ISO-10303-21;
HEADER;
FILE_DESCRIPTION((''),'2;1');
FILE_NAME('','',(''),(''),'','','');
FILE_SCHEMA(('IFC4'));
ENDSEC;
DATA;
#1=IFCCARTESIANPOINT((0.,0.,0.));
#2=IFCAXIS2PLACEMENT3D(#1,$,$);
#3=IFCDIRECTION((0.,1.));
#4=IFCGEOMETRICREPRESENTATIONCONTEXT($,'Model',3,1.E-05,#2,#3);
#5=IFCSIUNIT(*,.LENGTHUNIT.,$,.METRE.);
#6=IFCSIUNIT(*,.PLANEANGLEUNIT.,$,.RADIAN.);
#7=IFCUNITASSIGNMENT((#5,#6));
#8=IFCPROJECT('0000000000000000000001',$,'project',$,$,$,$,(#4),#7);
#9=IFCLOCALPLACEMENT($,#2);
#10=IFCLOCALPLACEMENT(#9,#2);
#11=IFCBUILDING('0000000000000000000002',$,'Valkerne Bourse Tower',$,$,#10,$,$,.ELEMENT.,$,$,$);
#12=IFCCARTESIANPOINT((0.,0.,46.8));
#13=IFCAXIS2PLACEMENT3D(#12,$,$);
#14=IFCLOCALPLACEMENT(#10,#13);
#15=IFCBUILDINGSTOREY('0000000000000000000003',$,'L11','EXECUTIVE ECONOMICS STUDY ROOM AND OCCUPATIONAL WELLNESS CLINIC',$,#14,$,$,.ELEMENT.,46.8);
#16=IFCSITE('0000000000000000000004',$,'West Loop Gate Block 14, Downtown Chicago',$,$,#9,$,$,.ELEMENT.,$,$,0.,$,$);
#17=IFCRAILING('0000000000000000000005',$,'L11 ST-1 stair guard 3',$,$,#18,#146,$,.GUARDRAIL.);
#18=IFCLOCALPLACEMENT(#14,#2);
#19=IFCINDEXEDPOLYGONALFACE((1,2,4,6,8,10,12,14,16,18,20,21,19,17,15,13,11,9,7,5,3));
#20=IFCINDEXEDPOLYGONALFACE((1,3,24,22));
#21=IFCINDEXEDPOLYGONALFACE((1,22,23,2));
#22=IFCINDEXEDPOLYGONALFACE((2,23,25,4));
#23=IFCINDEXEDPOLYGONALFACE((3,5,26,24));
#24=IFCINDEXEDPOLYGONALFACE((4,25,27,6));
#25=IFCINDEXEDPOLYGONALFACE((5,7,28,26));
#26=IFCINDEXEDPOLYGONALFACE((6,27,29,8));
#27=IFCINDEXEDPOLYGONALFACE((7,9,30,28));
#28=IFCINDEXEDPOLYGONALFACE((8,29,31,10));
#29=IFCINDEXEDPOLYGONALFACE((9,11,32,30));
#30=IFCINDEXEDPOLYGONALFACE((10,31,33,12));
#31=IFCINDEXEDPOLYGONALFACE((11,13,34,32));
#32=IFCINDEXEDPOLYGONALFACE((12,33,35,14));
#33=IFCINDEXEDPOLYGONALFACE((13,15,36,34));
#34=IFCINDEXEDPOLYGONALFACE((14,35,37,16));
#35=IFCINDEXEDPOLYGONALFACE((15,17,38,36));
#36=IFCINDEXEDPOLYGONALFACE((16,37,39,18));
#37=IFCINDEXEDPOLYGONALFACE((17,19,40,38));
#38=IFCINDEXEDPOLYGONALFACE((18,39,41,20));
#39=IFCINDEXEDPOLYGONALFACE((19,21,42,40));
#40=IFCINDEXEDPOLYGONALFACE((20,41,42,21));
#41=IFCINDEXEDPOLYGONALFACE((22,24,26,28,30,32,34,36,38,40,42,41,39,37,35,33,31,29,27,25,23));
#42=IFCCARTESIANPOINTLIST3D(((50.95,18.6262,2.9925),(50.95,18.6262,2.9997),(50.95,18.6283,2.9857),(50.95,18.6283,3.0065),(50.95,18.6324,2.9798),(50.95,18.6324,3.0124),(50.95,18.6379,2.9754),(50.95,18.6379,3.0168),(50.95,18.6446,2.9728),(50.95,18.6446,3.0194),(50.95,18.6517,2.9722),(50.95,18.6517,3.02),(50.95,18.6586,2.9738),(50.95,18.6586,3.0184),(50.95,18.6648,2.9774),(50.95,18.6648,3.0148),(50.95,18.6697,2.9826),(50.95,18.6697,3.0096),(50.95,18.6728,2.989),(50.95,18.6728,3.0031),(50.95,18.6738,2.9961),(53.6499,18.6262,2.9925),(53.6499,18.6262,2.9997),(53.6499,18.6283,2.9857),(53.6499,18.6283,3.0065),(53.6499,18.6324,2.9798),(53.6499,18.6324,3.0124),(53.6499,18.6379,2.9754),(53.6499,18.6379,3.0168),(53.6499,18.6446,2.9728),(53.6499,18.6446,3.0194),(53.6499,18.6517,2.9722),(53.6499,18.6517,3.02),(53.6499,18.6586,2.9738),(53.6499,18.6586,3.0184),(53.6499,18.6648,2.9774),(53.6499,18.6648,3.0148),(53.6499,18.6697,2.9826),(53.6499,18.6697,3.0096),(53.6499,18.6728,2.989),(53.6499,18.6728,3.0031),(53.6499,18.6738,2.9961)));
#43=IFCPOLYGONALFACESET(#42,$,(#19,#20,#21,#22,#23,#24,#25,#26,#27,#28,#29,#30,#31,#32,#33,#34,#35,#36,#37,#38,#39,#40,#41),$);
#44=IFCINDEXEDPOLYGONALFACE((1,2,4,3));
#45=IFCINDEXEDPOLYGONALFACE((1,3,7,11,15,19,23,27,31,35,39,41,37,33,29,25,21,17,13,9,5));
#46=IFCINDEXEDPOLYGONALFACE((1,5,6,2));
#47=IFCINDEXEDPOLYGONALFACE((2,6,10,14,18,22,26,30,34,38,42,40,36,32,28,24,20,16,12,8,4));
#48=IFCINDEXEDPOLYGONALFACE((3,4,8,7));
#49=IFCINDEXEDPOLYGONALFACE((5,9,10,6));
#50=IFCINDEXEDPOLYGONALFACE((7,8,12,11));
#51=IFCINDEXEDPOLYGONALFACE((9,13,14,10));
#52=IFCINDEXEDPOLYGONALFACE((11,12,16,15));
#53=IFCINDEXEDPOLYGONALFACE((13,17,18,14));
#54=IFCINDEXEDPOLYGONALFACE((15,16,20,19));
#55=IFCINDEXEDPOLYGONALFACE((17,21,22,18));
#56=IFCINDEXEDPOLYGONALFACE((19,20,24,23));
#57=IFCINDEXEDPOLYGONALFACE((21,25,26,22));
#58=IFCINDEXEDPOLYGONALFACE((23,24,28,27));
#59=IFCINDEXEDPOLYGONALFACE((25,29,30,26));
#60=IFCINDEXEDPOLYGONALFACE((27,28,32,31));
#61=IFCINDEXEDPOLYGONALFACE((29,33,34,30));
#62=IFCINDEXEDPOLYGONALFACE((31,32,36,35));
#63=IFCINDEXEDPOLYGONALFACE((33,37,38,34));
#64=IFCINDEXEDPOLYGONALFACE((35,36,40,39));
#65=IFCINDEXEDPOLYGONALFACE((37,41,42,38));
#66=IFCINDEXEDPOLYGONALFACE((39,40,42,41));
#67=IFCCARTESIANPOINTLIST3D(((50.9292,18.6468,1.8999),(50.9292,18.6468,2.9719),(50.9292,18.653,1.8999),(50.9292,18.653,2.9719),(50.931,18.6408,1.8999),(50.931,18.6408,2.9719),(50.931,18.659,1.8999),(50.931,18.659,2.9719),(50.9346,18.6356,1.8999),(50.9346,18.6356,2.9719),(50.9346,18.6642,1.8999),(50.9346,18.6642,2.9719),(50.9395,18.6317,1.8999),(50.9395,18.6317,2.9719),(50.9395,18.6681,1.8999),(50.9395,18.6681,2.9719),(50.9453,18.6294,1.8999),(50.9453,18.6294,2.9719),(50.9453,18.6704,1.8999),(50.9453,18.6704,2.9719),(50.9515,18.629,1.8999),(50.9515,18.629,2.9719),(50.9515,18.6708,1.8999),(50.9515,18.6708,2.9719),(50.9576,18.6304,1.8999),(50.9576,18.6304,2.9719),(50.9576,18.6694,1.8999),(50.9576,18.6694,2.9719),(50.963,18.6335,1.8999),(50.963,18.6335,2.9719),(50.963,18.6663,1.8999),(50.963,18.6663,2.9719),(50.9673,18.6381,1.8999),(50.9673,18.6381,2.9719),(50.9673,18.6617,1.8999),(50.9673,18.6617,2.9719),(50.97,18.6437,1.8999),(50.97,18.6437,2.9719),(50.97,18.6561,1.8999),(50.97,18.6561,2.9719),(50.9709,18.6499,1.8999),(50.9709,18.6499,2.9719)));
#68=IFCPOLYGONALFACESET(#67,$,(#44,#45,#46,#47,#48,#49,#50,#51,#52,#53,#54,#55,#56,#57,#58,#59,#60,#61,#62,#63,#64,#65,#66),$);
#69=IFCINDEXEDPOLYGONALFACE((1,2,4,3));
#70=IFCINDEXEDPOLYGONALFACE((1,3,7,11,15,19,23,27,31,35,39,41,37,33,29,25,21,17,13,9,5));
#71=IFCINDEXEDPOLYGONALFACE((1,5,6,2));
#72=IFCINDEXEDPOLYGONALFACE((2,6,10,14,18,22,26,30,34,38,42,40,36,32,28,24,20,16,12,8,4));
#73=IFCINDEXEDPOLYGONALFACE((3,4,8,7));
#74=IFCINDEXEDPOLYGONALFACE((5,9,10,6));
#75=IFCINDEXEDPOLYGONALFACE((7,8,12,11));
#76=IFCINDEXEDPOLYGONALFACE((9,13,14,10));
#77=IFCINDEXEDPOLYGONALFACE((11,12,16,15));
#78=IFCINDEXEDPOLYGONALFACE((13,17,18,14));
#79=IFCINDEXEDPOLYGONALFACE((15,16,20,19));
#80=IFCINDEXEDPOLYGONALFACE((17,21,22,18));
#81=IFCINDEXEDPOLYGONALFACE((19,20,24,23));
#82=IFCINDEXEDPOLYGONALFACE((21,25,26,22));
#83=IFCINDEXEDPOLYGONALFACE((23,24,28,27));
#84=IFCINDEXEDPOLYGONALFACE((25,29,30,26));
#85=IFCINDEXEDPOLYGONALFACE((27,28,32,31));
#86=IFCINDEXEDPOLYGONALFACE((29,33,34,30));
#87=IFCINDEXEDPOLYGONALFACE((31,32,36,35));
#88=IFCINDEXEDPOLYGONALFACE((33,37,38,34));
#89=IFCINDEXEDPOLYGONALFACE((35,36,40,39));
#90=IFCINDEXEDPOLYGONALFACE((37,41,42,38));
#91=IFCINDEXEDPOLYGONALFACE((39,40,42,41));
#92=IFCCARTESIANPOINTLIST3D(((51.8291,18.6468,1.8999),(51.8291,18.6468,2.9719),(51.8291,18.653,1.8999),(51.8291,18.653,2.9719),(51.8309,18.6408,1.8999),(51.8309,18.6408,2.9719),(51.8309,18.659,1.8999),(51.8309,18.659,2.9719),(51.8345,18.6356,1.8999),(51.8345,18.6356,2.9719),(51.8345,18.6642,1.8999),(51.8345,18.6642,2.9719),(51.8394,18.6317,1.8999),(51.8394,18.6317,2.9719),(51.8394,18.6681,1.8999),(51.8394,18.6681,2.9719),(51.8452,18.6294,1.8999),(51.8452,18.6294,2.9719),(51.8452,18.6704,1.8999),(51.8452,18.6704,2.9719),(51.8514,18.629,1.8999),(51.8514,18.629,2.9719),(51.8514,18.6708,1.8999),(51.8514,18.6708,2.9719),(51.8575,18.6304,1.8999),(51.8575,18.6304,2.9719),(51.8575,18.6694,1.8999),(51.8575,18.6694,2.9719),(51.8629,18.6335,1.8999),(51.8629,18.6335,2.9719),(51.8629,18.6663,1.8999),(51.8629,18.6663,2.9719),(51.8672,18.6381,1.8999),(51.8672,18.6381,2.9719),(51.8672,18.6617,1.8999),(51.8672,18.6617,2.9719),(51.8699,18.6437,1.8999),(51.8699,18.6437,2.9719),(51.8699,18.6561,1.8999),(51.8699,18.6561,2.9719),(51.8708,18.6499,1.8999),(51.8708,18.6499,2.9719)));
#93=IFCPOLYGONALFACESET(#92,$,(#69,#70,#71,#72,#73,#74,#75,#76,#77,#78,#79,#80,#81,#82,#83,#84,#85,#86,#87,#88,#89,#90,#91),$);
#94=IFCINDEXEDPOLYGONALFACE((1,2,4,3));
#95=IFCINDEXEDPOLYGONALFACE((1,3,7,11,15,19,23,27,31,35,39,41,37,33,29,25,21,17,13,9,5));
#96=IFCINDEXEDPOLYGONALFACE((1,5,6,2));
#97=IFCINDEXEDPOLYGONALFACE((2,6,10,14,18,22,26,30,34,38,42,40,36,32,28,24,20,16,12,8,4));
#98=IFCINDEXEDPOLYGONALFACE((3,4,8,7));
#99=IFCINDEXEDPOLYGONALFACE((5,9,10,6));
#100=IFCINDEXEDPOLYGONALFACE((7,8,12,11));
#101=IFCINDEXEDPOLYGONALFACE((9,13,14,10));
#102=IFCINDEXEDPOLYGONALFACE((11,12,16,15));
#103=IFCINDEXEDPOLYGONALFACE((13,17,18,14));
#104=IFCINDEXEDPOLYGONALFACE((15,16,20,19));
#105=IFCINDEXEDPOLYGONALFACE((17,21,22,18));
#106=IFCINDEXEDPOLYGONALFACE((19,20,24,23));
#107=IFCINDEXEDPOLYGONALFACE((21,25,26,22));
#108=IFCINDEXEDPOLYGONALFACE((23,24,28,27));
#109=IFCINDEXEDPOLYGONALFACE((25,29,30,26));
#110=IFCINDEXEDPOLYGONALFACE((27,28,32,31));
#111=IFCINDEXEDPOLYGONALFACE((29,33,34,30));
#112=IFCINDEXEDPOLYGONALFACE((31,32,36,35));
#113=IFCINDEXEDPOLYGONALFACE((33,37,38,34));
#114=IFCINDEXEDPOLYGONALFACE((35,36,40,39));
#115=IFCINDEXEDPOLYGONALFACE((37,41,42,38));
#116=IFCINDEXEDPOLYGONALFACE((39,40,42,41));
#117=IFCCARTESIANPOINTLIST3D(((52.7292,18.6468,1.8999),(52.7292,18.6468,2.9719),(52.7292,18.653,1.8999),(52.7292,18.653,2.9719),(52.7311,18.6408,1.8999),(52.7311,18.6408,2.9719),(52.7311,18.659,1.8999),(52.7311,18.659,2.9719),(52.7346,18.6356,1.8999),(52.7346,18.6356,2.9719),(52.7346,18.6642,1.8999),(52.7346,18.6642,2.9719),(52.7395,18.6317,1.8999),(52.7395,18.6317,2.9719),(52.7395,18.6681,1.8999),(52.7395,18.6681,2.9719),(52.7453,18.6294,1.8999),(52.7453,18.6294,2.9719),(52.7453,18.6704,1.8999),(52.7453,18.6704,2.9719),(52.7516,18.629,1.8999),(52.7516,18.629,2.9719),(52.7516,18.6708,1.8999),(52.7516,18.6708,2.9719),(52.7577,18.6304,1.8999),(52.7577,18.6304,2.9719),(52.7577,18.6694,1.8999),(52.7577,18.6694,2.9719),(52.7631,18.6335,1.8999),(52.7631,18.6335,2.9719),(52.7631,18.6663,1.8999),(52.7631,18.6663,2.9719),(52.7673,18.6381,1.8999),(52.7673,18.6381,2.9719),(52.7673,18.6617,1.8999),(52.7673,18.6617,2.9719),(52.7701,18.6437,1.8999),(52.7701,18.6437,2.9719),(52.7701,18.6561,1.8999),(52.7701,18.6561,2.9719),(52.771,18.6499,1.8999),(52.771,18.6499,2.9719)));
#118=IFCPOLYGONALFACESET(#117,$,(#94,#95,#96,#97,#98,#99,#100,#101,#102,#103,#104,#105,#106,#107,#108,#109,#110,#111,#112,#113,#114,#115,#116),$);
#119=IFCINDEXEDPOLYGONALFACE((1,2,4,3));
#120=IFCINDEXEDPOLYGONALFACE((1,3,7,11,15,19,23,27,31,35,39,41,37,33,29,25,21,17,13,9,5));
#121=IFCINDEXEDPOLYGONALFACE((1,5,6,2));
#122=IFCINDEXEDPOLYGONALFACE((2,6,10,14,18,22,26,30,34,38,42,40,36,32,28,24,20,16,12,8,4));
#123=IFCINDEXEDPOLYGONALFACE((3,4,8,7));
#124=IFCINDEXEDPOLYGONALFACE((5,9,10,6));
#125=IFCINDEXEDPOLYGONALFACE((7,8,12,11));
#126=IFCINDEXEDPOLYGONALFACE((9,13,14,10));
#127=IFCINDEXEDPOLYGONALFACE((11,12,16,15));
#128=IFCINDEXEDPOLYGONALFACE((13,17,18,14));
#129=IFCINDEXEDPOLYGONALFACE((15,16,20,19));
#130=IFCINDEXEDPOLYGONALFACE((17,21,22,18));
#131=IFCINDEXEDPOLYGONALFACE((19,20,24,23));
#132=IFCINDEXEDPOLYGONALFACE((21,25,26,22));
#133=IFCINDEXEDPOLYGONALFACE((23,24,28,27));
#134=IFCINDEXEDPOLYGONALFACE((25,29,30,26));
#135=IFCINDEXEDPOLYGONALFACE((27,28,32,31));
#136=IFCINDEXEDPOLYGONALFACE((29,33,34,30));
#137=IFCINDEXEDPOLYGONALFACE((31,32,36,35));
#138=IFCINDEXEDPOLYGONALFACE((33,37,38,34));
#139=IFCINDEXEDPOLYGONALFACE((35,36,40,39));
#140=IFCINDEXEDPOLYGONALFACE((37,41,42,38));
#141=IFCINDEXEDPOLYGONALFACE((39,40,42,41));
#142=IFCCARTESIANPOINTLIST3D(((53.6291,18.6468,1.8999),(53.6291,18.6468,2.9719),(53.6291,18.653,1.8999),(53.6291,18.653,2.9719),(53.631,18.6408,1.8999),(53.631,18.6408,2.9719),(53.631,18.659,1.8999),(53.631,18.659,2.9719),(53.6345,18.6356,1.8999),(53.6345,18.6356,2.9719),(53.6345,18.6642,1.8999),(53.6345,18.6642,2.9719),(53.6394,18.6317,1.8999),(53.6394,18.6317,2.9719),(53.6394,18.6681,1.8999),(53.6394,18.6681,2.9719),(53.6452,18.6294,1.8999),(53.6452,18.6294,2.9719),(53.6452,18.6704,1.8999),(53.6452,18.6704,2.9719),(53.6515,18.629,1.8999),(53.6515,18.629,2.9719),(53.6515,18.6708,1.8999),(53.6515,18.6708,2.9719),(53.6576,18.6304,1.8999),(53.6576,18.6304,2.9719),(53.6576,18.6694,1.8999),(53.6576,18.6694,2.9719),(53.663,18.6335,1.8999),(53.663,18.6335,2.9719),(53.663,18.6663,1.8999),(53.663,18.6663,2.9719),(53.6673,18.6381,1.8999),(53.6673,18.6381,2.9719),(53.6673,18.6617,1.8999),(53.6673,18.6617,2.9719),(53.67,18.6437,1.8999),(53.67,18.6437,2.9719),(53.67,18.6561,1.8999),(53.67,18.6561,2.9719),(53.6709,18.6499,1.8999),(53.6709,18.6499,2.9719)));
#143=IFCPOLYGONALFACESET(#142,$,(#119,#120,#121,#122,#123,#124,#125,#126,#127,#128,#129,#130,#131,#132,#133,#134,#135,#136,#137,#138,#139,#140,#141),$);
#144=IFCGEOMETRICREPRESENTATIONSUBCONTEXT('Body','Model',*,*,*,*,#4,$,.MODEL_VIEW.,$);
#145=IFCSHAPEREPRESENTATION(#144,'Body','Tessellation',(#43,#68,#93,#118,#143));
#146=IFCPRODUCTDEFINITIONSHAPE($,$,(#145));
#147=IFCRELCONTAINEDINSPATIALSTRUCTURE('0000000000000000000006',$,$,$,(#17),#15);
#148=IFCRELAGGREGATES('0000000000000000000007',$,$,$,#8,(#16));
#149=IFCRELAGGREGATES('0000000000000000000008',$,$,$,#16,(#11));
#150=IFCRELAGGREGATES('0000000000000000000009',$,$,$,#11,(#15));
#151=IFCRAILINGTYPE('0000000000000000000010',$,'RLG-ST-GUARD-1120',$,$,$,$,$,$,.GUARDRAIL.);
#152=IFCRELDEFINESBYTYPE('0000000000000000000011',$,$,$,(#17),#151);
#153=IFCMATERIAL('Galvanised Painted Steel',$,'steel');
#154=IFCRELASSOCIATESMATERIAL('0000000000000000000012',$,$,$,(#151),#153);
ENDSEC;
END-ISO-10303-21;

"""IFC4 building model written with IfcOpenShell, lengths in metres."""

from ifc_helpers import new_model, si_unit, direction, frame, origin, origin_2d, place, context, subcontext, project, spatial, circle, extrude, material, type_object, element, save


model = new_model("IFC4")

# Units and contexts
model_context = context("Model", 3, precision=1e-05, world=origin(), true_north=direction((0.0, 1.0)))
body_context = subcontext(model_context, "Body", "Model", "MODEL_VIEW")
ifc_project = project(units=[si_unit("LENGTHUNIT", "METRE"), si_unit("PLANEANGLEUNIT", "RADIAN")], contexts=[model_context])

# Site, building, storey
site_placement = place(None, origin())
site = spatial("IfcSite", under=ifc_project, at=site_placement, Name="West Loop Gate Block 14, Downtown Chicago", CompositionType="ELEMENT", RefElevation=0.0)
building_placement = place(site_placement, origin())
building = spatial("IfcBuilding", under=site, at=building_placement, Name="Valkerne Bourse Tower", CompositionType="ELEMENT")
storey_placement = place(building_placement, frame((0.0, 0.0, 46.8)))
storey = spatial("IfcBuildingStorey", under=building, at=storey_placement, Name="L11", Description="EXECUTIVE ECONOMICS STUDY ROOM AND OCCUPATIONAL WELLNESS CLINIC", CompositionType="ELEMENT", Elevation=46.8)

# Shared definitions
ifc_material_1 = material(Name="Galvanised Painted Steel", Category="steel")

# Railing
railing_type_1 = type_object("IfcRailingType", Name="RLG-ST-GUARD-1120", PredefinedType="GUARDRAIL", material=ifc_material_1)
for number, where, name in (
    (1, (50.95, 18.6499, 1.8999), "L11 ST-1 stair guard 3"),
):
    element("IfcRailing", number, at=place(storey_placement, frame(where)), inside=storey, type_object=railing_type_1, Name=name, PredefinedType="GUARDRAIL", context=body_context, shape_type="SweptSolid", body=[
        extrude(circle(Radius=0.0239, at=origin_2d()), frame((0.0, 0.0, 1.0962), z_axis=(1.0, 0.0, 0.0), x_axis=(0.0, 1.0, 0.0)), (0.0, 0.0, 1.0), 2.7),
        extrude(circle(Radius=0.021, at=origin_2d()), origin(), (0.0, 0.0, 1.0), 1.072),
        extrude(circle(Radius=0.021, at=origin_2d()), frame((0.8999, 0.0, 0.0)), (0.0, 0.0, 1.0), 1.072),
        extrude(circle(Radius=0.021, at=origin_2d()), frame((1.8, 0.0, 0.0)), (0.0, 0.0, 1.0), 1.072),
        extrude(circle(Radius=0.021, at=origin_2d()), frame((2.7, 0.0, 0.0)), (0.0, 0.0, 1.0), 1.072),
    ])

save(model, "model.ifc")
